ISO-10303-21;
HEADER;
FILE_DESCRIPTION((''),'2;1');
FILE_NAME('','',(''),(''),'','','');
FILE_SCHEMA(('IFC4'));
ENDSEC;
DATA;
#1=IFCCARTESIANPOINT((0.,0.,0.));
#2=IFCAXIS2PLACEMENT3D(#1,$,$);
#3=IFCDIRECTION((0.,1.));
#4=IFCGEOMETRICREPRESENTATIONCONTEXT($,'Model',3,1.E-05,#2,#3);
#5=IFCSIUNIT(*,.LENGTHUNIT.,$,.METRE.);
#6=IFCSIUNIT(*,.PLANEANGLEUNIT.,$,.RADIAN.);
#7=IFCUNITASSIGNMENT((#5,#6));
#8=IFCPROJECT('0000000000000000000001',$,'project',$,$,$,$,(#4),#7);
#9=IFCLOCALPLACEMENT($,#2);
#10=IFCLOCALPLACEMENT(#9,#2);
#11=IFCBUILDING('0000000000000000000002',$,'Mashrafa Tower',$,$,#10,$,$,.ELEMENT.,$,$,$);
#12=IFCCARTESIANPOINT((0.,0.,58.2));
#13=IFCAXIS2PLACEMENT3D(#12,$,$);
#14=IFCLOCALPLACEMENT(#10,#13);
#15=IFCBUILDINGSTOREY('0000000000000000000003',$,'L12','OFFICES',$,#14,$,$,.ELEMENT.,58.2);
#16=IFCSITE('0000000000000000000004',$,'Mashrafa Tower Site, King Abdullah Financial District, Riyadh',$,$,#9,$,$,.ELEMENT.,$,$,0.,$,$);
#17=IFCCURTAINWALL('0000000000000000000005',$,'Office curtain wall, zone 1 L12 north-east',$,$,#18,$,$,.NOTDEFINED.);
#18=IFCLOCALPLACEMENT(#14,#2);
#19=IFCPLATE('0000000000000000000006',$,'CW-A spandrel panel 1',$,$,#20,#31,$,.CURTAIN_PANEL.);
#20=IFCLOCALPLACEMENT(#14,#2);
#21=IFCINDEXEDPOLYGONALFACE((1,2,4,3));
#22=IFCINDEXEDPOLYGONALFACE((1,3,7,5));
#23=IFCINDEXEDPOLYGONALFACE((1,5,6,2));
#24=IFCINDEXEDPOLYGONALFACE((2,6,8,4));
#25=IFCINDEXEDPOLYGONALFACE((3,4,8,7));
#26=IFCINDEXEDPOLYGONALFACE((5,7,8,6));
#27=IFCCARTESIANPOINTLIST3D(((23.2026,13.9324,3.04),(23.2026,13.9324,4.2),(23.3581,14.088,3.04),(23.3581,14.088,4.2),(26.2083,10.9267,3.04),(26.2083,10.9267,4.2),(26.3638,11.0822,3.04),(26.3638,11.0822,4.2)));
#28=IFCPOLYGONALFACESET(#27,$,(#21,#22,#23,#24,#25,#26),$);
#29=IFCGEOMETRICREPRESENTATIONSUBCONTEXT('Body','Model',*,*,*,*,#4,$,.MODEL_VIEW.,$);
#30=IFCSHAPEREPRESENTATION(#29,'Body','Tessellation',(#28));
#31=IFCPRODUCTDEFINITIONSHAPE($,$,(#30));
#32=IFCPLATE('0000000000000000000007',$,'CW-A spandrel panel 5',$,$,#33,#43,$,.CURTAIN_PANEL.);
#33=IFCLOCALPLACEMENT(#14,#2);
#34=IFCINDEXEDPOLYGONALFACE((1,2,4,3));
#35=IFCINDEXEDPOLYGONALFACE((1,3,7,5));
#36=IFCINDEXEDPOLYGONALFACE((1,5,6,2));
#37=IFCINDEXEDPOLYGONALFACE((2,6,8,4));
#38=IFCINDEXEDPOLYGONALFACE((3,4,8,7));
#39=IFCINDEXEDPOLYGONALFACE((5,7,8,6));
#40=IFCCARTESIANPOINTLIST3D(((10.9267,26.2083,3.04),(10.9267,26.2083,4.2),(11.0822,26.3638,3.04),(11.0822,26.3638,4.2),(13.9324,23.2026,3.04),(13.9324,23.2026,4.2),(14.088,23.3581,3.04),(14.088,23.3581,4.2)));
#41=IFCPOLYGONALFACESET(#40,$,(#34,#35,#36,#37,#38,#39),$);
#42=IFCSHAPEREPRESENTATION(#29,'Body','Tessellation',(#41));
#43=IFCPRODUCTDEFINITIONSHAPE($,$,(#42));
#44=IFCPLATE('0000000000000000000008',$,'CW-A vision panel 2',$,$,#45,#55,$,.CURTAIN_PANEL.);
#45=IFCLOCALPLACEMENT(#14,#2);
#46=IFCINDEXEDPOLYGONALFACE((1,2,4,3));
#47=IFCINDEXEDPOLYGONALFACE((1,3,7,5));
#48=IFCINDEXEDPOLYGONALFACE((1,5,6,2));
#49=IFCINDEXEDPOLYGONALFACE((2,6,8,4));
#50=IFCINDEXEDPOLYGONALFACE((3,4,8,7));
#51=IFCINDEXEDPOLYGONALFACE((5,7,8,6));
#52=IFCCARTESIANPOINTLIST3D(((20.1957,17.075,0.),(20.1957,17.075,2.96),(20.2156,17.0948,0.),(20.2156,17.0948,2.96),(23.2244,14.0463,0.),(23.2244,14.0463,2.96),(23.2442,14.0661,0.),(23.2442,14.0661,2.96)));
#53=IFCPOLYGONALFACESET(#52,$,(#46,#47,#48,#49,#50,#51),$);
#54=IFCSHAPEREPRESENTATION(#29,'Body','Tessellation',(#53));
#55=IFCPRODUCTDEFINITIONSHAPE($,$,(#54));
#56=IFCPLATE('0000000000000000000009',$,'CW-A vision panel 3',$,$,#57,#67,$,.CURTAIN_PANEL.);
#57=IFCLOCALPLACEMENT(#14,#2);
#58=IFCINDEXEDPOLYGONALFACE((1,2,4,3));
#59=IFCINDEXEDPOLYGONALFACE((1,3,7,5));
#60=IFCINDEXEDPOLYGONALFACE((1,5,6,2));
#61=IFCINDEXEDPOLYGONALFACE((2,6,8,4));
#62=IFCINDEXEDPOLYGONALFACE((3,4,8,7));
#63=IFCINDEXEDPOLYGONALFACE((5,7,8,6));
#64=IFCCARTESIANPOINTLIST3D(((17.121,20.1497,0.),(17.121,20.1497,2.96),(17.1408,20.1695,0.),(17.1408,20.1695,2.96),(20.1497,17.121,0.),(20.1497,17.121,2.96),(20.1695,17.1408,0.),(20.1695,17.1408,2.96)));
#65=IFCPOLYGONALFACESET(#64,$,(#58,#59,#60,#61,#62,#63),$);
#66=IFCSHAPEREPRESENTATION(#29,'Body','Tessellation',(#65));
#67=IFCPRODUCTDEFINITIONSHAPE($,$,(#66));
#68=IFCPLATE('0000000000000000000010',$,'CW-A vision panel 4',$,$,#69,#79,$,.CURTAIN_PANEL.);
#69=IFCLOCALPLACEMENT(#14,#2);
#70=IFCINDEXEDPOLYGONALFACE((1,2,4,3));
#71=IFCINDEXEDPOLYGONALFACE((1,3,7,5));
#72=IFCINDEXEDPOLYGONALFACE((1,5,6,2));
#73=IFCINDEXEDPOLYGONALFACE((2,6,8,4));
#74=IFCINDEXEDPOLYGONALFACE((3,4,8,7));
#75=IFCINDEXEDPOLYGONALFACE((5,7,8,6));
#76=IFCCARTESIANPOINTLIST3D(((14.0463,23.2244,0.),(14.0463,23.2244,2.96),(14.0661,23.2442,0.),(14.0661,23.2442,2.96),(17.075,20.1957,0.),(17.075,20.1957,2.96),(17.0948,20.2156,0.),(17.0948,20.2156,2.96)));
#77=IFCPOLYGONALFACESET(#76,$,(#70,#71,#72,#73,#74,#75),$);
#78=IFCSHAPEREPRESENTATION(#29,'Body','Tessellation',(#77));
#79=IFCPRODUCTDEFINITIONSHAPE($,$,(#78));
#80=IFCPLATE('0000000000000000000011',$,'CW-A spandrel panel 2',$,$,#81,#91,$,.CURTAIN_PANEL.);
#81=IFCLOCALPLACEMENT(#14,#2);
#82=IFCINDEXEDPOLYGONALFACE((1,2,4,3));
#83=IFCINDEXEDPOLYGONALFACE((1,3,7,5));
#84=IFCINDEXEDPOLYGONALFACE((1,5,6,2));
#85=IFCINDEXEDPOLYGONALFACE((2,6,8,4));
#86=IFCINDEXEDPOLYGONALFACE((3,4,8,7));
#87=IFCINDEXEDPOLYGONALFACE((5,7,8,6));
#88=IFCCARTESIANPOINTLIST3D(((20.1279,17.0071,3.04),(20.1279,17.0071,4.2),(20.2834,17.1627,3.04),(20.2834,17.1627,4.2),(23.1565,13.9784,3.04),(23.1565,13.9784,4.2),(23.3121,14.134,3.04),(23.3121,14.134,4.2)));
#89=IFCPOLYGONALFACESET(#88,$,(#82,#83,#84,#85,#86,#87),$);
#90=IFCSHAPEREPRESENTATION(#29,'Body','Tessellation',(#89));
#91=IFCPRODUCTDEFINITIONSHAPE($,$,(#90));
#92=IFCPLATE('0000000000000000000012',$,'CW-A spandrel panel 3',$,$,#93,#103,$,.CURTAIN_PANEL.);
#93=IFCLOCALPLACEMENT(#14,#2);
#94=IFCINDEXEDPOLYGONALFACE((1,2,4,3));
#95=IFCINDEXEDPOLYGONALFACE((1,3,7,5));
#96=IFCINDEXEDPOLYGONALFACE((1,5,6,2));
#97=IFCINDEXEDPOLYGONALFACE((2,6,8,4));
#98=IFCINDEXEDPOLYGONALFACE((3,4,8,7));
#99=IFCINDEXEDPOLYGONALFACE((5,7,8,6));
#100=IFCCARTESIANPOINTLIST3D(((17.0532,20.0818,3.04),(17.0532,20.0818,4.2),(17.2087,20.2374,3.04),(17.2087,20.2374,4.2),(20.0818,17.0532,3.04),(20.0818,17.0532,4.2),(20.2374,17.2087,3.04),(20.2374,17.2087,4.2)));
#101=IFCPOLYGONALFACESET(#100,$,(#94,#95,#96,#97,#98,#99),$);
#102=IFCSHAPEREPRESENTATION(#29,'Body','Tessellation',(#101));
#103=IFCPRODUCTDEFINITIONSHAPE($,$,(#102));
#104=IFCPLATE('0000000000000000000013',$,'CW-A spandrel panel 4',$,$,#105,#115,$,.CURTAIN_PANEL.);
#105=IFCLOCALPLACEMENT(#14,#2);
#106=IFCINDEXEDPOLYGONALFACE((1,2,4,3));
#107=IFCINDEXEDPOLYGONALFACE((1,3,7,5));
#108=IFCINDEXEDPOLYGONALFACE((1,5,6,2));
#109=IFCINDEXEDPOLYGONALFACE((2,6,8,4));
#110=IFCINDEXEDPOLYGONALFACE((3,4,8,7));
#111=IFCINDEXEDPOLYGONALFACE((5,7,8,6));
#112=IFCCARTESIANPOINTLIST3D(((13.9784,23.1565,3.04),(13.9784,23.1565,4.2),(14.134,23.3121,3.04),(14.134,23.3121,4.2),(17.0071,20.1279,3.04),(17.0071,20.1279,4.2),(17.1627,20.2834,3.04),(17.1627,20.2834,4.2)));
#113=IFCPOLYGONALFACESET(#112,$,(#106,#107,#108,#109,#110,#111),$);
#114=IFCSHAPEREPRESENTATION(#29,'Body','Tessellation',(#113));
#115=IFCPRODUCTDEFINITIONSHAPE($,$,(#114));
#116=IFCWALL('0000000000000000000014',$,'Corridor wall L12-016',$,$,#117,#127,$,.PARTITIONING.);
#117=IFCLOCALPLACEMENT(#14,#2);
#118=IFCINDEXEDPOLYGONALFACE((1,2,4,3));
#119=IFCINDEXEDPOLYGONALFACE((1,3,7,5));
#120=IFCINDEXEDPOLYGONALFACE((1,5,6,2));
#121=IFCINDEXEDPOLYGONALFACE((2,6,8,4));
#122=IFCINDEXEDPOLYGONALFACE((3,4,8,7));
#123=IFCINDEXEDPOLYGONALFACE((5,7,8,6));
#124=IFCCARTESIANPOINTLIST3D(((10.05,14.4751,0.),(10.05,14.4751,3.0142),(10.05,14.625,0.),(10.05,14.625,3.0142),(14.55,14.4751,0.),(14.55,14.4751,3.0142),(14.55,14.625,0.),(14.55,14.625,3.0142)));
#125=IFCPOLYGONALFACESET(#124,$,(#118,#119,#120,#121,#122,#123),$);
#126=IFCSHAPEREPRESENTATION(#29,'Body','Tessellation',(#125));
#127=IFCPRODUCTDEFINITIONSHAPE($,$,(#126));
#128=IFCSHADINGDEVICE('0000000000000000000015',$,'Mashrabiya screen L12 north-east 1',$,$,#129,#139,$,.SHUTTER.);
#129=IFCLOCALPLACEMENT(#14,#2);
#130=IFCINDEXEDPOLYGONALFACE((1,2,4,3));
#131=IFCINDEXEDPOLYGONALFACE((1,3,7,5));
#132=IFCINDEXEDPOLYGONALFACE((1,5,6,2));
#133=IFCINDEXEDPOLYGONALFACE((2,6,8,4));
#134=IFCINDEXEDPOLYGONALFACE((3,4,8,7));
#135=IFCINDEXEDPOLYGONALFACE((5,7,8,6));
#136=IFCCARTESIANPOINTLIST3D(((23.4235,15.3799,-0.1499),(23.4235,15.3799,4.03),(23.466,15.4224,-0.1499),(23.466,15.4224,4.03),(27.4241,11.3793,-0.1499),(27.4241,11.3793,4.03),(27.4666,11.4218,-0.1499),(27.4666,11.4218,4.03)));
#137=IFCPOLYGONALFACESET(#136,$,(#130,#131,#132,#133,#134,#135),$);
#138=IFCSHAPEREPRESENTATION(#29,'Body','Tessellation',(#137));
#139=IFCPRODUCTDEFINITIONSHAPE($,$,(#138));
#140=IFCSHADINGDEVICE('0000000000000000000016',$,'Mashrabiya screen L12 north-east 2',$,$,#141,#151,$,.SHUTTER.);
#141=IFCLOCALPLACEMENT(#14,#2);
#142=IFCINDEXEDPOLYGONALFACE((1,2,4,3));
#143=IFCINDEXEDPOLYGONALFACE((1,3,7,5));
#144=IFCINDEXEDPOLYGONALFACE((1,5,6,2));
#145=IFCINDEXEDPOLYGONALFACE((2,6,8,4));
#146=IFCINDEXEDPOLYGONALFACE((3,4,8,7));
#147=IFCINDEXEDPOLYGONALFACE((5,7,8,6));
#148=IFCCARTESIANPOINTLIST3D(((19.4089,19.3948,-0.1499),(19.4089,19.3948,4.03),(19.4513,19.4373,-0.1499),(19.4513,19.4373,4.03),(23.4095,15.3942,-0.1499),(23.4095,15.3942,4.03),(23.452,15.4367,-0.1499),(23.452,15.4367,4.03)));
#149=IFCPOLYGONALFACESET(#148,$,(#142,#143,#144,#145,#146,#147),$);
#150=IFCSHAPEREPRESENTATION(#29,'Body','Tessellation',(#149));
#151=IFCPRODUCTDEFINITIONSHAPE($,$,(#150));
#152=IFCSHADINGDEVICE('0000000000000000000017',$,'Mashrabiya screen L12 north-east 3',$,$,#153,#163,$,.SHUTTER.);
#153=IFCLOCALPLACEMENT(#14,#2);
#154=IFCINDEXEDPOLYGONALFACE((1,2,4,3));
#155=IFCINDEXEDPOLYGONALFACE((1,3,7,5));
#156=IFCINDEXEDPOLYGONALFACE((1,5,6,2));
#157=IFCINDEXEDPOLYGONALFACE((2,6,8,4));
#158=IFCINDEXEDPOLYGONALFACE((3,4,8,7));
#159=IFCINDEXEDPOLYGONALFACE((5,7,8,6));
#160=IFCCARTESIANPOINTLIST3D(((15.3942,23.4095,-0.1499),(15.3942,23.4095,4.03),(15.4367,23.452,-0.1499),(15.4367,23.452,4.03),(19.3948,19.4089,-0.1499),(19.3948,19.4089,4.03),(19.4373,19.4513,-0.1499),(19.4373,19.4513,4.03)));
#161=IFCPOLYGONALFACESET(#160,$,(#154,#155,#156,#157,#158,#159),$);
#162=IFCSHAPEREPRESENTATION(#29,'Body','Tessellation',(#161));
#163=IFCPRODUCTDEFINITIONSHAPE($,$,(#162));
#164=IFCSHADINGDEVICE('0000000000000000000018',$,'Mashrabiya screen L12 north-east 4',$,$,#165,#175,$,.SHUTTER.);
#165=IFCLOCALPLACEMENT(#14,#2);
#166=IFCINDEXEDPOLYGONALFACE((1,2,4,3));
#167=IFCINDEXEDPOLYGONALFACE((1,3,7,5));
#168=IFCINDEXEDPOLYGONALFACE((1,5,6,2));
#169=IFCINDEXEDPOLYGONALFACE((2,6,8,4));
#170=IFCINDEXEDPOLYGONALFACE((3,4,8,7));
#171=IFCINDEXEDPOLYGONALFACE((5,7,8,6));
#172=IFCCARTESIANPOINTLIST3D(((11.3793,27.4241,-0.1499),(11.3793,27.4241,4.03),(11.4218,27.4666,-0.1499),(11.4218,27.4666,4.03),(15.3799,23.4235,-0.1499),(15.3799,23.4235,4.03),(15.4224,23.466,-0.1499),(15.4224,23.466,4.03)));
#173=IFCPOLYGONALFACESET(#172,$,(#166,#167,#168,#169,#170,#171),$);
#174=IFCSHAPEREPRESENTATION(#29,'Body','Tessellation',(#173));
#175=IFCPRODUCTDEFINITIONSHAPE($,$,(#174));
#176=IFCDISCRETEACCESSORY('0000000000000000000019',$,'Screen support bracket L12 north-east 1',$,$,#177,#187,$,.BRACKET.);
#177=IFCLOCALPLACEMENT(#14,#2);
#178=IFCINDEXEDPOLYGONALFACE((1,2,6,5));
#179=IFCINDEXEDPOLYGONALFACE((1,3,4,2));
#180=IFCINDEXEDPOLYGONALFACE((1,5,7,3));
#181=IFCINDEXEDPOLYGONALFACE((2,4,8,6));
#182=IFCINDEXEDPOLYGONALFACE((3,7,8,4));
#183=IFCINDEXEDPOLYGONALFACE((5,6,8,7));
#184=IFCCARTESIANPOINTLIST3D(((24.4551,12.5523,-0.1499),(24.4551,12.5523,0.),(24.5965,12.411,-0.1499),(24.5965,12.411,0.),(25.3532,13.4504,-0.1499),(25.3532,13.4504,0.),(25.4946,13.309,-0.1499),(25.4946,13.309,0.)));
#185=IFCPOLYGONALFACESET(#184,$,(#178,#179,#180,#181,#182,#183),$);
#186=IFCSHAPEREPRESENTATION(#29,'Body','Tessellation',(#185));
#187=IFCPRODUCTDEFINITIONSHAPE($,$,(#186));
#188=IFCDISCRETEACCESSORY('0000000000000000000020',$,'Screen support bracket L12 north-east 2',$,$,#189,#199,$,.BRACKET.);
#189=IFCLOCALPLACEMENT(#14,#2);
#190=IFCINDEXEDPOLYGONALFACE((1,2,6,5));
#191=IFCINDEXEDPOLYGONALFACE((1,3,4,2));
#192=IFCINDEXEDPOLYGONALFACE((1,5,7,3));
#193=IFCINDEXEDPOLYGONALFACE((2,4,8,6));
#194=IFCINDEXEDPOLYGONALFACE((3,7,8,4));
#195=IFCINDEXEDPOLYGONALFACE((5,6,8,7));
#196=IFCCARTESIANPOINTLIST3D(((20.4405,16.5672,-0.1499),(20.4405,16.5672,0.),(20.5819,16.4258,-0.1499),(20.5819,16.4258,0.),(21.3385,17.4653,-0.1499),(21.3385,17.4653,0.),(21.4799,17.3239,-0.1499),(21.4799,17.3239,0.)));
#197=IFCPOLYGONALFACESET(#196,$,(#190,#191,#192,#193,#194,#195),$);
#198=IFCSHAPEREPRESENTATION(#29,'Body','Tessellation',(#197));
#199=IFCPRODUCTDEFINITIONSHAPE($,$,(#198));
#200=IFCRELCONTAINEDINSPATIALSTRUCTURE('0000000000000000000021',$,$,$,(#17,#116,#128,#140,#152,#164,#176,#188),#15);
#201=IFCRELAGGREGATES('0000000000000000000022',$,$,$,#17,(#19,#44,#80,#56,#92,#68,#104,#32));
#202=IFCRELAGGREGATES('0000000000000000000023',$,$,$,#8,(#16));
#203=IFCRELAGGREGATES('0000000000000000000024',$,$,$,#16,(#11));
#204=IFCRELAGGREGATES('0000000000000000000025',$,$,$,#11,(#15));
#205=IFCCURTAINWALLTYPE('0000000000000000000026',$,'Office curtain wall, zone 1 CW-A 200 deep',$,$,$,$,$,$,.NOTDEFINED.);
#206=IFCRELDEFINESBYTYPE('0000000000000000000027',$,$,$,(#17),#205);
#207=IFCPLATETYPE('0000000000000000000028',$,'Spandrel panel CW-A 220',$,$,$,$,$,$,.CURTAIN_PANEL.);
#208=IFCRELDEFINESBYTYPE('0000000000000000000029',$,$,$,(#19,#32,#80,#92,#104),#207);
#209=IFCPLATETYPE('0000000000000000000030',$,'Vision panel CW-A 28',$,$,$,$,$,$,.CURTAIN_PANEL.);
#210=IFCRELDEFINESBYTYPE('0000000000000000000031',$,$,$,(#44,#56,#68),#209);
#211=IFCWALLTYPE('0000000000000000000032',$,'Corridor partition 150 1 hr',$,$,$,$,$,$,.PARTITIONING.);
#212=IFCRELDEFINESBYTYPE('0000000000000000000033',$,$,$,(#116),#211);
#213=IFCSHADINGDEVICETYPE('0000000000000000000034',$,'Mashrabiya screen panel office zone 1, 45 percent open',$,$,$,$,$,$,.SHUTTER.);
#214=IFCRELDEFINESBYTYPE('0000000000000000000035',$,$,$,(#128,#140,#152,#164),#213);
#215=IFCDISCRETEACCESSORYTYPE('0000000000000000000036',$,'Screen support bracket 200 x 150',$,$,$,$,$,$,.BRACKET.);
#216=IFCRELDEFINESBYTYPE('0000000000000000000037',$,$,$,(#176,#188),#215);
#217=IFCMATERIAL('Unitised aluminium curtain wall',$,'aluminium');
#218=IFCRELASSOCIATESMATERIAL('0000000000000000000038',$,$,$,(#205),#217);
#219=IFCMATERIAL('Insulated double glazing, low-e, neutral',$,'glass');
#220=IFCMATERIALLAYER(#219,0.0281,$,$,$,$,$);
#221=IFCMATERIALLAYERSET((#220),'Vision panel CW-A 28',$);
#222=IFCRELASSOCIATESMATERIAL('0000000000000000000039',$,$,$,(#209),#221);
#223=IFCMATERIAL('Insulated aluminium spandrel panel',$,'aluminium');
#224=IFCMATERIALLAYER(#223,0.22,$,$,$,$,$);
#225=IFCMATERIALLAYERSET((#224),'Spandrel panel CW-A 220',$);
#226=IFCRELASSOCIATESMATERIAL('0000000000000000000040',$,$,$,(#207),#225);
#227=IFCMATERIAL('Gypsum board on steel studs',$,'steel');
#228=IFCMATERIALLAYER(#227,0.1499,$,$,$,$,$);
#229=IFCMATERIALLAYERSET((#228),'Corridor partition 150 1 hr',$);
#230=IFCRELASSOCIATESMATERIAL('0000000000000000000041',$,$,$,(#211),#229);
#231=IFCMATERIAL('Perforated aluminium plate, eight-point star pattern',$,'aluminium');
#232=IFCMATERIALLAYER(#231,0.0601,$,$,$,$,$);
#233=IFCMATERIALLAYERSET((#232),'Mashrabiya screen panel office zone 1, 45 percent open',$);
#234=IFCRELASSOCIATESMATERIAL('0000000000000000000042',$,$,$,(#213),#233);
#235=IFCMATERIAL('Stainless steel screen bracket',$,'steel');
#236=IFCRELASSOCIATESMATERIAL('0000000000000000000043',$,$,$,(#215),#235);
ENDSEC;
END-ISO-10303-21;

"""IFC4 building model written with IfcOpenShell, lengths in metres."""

from ifc_helpers import new_model, si_unit, direction, frame, frame_2d, origin, origin_2d, place, context, subcontext, project, spatial, rectangle, extrude, source, transform, mapped, material, layer, layer_set, type_object, type_shapes, element, aggregate, save


model = new_model("IFC4")

# Units and contexts
model_context = context("Model", 3, precision=1e-05, world=origin(), true_north=direction((0.0, 1.0)))
body_context = subcontext(model_context, "Body", "Model", "MODEL_VIEW")
ifc_project = project(units=[si_unit("LENGTHUNIT", "METRE"), si_unit("PLANEANGLEUNIT", "RADIAN")], contexts=[model_context])

# Site, building, storey
site_placement = place(None, origin())
site = spatial("IfcSite", under=ifc_project, at=site_placement, Name="Mashrafa Tower Site, King Abdullah Financial District, Riyadh", CompositionType="ELEMENT", RefElevation=0.0)
building_placement = place(site_placement, origin())
building = spatial("IfcBuilding", under=site, at=building_placement, Name="Mashrafa Tower", CompositionType="ELEMENT")
storey_placement = place(building_placement, frame((0.0, 0.0, 58.2)))
storey = spatial("IfcBuildingStorey", under=building, at=storey_placement, Name="L12", Description="OFFICES", CompositionType="ELEMENT", Elevation=58.2)

# Curtain wall, plates
ifc_material_1 = material(Name="Unitised aluminium curtain wall", Category="aluminium")
curtain_wall_type = type_object("IfcCurtainWallType", Name="Office curtain wall, zone 1 CW-A 200 deep", PredefinedType="NOTDEFINED", material=ifc_material_1)
curtain_wall_placement = place(storey_placement, origin())
curtain_wall = element("IfcCurtainWall", 1, at=curtain_wall_placement, inside=storey, type_object=curtain_wall_type, Name="Office curtain wall, zone 1 L12 north-east", PredefinedType="NOTDEFINED")
ifc_material_2 = material(Name="Insulated double glazing, low-e, neutral", Category="glass")
ifc_layer_1 = layer(ifc_material_2, 0.0281)
ifc_layer_set_1 = layer_set([ifc_layer_1], Name="Vision panel CW-A 28")
plate_type_1 = type_object("IfcPlateType", Name="Vision panel CW-A 28", PredefinedType="CURTAIN_PANEL", material=ifc_layer_set_1)
ifc_material_3 = material(Name="Insulated aluminium spandrel panel", Category="aluminium")
ifc_layer_2 = layer(ifc_material_3, 0.22)
ifc_layer_set_2 = layer_set([ifc_layer_2], Name="Spandrel panel CW-A 220")
plate_type_2 = type_object("IfcPlateType", Name="Spandrel panel CW-A 220", PredefinedType="CURTAIN_PANEL", material=ifc_layer_set_2)
shared_shape_1 = source(origin(), body_context, "Body", "SweptSolid", [
    extrude(rectangle(XDim=4.2507, YDim=0.22, at=origin_2d()), origin(), (0.0, 0.0, 1.0), 1.1599),
])
plate_1_placement = place(storey_placement, frame((24.7832, 12.5073, 3.04), z_axis=(0.0, 0.0, 1.0), x_axis=(-0.707107, 0.707107, 0.0)))
plate_1 = element("IfcPlate", 2, at=plate_1_placement, type_object=plate_type_2, Name="CW-A spandrel panel 1", PredefinedType="CURTAIN_PANEL", context=body_context, shape_type="MappedRepresentation", body=[
    mapped(shared_shape_1, transform((0.0, 0.0, 0.0))),
])
plate_2_placement = place(storey_placement, frame((12.5073, 24.7832, 3.04), z_axis=(0.0, 0.0, 1.0), x_axis=(-0.707107, 0.707107, 0.0)))
plate_2 = element("IfcPlate", 3, at=plate_2_placement, type_object=plate_type_2, Name="CW-A spandrel panel 5", PredefinedType="CURTAIN_PANEL", context=body_context, shape_type="MappedRepresentation", body=[
    mapped(shared_shape_1, transform((0.0, 0.0, 0.0))),
])
shared_shape_2 = source(origin(), body_context, "Body", "SweptSolid", [
    extrude(rectangle(XDim=4.2832, YDim=0.0281, at=origin_2d()), origin(), (0.0, 0.0, 1.0), 2.96),
])
plate_3_placement = place(storey_placement, frame((21.72, 15.5706, 0.0), z_axis=(0.0, 0.0, 1.0), x_axis=(-0.707107, 0.707107, 0.0)))
plate_3 = element("IfcPlate", 4, at=plate_3_placement, type_object=plate_type_1, Name="CW-A vision panel 2", PredefinedType="CURTAIN_PANEL", context=body_context, shape_type="MappedRepresentation", body=[
    mapped(shared_shape_2, transform((0.0, 0.0, 0.0))),
])
plate_4_placement = place(storey_placement, frame((18.6453, 18.6453, 0.0), z_axis=(0.0, 0.0, 1.0), x_axis=(-0.707107, 0.707107, 0.0)))
plate_4 = element("IfcPlate", 5, at=plate_4_placement, type_object=plate_type_1, Name="CW-A vision panel 3", PredefinedType="CURTAIN_PANEL", context=body_context, shape_type="MappedRepresentation", body=[
    mapped(shared_shape_2, transform((0.0, 0.0, 0.0))),
])
plate_5_placement = place(storey_placement, frame((15.5706, 21.72, 0.0), z_axis=(0.0, 0.0, 1.0), x_axis=(-0.707107, 0.707107, 0.0)))
plate_5 = element("IfcPlate", 6, at=plate_5_placement, type_object=plate_type_1, Name="CW-A vision panel 4", PredefinedType="CURTAIN_PANEL", context=body_context, shape_type="MappedRepresentation", body=[
    mapped(shared_shape_2, transform((0.0, 0.0, 0.0))),
])
shared_shape_3 = source(origin(), body_context, "Body", "SweptSolid", [
    extrude(rectangle(XDim=4.2832, YDim=0.22, at=origin_2d()), origin(), (0.0, 0.0, 1.0), 1.1599),
])
type_shapes(plate_type_2, [shared_shape_1, shared_shape_3])
plate_6_placement = place(storey_placement, frame((21.72, 15.5706, 3.04), z_axis=(0.0, 0.0, 1.0), x_axis=(-0.707107, 0.707107, 0.0)))
plate_6 = element("IfcPlate", 7, at=plate_6_placement, type_object=plate_type_2, Name="CW-A spandrel panel 2", PredefinedType="CURTAIN_PANEL", context=body_context, shape_type="MappedRepresentation", body=[
    mapped(shared_shape_3, transform((0.0, 0.0, 0.0))),
])
plate_7_placement = place(storey_placement, frame((18.6453, 18.6453, 3.04), z_axis=(0.0, 0.0, 1.0), x_axis=(-0.707107, 0.707107, 0.0)))
plate_7 = element("IfcPlate", 8, at=plate_7_placement, type_object=plate_type_2, Name="CW-A spandrel panel 3", PredefinedType="CURTAIN_PANEL", context=body_context, shape_type="MappedRepresentation", body=[
    mapped(shared_shape_3, transform((0.0, 0.0, 0.0))),
])
plate_8_placement = place(storey_placement, frame((15.5706, 21.72, 3.04), z_axis=(0.0, 0.0, 1.0), x_axis=(-0.707107, 0.707107, 0.0)))
plate_8 = element("IfcPlate", 9, at=plate_8_placement, type_object=plate_type_2, Name="CW-A spandrel panel 4", PredefinedType="CURTAIN_PANEL", context=body_context, shape_type="MappedRepresentation", body=[
    mapped(shared_shape_3, transform((0.0, 0.0, 0.0))),
])
aggregate(curtain_wall, [plate_1, plate_3, plate_6, plate_4, plate_7, plate_5, plate_8, plate_2])

# Wall
ifc_material_4 = material(Name="Gypsum board on steel studs", Category="steel")
ifc_layer_3 = layer(ifc_material_4, 0.1499)
ifc_layer_set_3 = layer_set([ifc_layer_3], Name="Corridor partition 150 1 hr")
wall_type = type_object("IfcWallType", Name="Corridor partition 150 1 hr", PredefinedType="PARTITIONING", material=ifc_layer_set_3)
wall_placement = place(storey_placement, frame((14.55, 14.55, 0.0), z_axis=(0.0, 0.0, 1.0), x_axis=(-1.0, 0.0, 0.0)))
element("IfcWall", 10, at=wall_placement, inside=storey, type_object=wall_type, Name="Corridor wall L12-016", PredefinedType="PARTITIONING", context=body_context, shape_type="SweptSolid", body=[
    extrude(rectangle(XDim=4.5, YDim=0.1499, at=frame_2d((2.25, 0.0))), origin(), (0.0, 0.0, 1.0), 3.0142),
])

# Shading devices
ifc_material_5 = material(Name="Perforated aluminium plate, eight-point star pattern", Category="aluminium")
ifc_layer_4 = layer(ifc_material_5, 0.0601)
ifc_layer_set_4 = layer_set([ifc_layer_4], Name="Mashrabiya screen panel office zone 1, 45 percent open")
shading_device_type = type_object("IfcShadingDeviceType", Name="Mashrabiya screen panel office zone 1, 45 percent open", PredefinedType="SHUTTER", material=ifc_layer_set_4)
shared_shape_4 = source(origin(), body_context, "Body", "SweptSolid", [
    extrude(rectangle(XDim=5.6577, YDim=0.0601, at=origin_2d()), origin(), (0.0, 0.0, 1.0), 4.1799),
])
type_shapes(shading_device_type, [shared_shape_4])
for number, where, z_axis, x_axis, name in (
    (11, (25.4451, 13.4009, -0.1499), (0.0, 0.0, 1.0), (-0.707107, 0.707107, 0.0), "Mashrabiya screen L12 north-east 1"),
    (12, (21.4304, 17.4158, -0.1499), (0.0, 0.0, 1.0), (-0.707107, 0.707107, 0.0), "Mashrabiya screen L12 north-east 2"),
    (13, (17.4158, 21.4304, -0.1499), (0.0, 0.0, 1.0), (-0.707107, 0.707107, 0.0), "Mashrabiya screen L12 north-east 3"),
    (14, (13.4009, 25.4451, -0.1499), (0.0, 0.0, 1.0), (-0.707107, 0.707107, 0.0), "Mashrabiya screen L12 north-east 4"),
):
    element("IfcShadingDevice", number, at=place(storey_placement, frame(where, z_axis=z_axis, x_axis=x_axis)), inside=storey, type_object=shading_device_type, Name=name, PredefinedType="SHUTTER", context=body_context, shape_type="MappedRepresentation", body=[
        mapped(shared_shape_4, transform((0.0, 0.0, 0.0))),
    ])

# Discrete accessories
ifc_material_6 = material(Name="Stainless steel screen bracket", Category="steel")
discrete_accessory_type = type_object("IfcDiscreteAccessoryType", Name="Screen support bracket 200 x 150", PredefinedType="BRACKET", material=ifc_material_6)
shared_shape_5 = source(origin(), body_context, "Body", "SweptSolid", [
    extrude(rectangle(XDim=0.2, YDim=1.27, at=origin_2d()), origin(), (0.0, 0.0, 1.0), 0.1499),
])
type_shapes(discrete_accessory_type, [shared_shape_5])
for number, where, z_axis, x_axis, name in (
    (15, (24.9749, 12.9307, -0.1499), (0.0, 0.0, 1.0), (-0.707107, 0.707107, 0.0), "Screen support bracket L12 north-east 1"),
    (16, (20.9602, 16.9456, -0.1499), (0.0, 0.0, 1.0), (-0.707107, 0.707107, 0.0), "Screen support bracket L12 north-east 2"),
):
    element("IfcDiscreteAccessory", number, at=place(storey_placement, frame(where, z_axis=z_axis, x_axis=x_axis)), inside=storey, type_object=discrete_accessory_type, Name=name, PredefinedType="BRACKET", context=body_context, shape_type="MappedRepresentation", body=[
        mapped(shared_shape_5, transform((0.0, 0.0, 0.0))),
    ])

save(model, "model.ifc")
